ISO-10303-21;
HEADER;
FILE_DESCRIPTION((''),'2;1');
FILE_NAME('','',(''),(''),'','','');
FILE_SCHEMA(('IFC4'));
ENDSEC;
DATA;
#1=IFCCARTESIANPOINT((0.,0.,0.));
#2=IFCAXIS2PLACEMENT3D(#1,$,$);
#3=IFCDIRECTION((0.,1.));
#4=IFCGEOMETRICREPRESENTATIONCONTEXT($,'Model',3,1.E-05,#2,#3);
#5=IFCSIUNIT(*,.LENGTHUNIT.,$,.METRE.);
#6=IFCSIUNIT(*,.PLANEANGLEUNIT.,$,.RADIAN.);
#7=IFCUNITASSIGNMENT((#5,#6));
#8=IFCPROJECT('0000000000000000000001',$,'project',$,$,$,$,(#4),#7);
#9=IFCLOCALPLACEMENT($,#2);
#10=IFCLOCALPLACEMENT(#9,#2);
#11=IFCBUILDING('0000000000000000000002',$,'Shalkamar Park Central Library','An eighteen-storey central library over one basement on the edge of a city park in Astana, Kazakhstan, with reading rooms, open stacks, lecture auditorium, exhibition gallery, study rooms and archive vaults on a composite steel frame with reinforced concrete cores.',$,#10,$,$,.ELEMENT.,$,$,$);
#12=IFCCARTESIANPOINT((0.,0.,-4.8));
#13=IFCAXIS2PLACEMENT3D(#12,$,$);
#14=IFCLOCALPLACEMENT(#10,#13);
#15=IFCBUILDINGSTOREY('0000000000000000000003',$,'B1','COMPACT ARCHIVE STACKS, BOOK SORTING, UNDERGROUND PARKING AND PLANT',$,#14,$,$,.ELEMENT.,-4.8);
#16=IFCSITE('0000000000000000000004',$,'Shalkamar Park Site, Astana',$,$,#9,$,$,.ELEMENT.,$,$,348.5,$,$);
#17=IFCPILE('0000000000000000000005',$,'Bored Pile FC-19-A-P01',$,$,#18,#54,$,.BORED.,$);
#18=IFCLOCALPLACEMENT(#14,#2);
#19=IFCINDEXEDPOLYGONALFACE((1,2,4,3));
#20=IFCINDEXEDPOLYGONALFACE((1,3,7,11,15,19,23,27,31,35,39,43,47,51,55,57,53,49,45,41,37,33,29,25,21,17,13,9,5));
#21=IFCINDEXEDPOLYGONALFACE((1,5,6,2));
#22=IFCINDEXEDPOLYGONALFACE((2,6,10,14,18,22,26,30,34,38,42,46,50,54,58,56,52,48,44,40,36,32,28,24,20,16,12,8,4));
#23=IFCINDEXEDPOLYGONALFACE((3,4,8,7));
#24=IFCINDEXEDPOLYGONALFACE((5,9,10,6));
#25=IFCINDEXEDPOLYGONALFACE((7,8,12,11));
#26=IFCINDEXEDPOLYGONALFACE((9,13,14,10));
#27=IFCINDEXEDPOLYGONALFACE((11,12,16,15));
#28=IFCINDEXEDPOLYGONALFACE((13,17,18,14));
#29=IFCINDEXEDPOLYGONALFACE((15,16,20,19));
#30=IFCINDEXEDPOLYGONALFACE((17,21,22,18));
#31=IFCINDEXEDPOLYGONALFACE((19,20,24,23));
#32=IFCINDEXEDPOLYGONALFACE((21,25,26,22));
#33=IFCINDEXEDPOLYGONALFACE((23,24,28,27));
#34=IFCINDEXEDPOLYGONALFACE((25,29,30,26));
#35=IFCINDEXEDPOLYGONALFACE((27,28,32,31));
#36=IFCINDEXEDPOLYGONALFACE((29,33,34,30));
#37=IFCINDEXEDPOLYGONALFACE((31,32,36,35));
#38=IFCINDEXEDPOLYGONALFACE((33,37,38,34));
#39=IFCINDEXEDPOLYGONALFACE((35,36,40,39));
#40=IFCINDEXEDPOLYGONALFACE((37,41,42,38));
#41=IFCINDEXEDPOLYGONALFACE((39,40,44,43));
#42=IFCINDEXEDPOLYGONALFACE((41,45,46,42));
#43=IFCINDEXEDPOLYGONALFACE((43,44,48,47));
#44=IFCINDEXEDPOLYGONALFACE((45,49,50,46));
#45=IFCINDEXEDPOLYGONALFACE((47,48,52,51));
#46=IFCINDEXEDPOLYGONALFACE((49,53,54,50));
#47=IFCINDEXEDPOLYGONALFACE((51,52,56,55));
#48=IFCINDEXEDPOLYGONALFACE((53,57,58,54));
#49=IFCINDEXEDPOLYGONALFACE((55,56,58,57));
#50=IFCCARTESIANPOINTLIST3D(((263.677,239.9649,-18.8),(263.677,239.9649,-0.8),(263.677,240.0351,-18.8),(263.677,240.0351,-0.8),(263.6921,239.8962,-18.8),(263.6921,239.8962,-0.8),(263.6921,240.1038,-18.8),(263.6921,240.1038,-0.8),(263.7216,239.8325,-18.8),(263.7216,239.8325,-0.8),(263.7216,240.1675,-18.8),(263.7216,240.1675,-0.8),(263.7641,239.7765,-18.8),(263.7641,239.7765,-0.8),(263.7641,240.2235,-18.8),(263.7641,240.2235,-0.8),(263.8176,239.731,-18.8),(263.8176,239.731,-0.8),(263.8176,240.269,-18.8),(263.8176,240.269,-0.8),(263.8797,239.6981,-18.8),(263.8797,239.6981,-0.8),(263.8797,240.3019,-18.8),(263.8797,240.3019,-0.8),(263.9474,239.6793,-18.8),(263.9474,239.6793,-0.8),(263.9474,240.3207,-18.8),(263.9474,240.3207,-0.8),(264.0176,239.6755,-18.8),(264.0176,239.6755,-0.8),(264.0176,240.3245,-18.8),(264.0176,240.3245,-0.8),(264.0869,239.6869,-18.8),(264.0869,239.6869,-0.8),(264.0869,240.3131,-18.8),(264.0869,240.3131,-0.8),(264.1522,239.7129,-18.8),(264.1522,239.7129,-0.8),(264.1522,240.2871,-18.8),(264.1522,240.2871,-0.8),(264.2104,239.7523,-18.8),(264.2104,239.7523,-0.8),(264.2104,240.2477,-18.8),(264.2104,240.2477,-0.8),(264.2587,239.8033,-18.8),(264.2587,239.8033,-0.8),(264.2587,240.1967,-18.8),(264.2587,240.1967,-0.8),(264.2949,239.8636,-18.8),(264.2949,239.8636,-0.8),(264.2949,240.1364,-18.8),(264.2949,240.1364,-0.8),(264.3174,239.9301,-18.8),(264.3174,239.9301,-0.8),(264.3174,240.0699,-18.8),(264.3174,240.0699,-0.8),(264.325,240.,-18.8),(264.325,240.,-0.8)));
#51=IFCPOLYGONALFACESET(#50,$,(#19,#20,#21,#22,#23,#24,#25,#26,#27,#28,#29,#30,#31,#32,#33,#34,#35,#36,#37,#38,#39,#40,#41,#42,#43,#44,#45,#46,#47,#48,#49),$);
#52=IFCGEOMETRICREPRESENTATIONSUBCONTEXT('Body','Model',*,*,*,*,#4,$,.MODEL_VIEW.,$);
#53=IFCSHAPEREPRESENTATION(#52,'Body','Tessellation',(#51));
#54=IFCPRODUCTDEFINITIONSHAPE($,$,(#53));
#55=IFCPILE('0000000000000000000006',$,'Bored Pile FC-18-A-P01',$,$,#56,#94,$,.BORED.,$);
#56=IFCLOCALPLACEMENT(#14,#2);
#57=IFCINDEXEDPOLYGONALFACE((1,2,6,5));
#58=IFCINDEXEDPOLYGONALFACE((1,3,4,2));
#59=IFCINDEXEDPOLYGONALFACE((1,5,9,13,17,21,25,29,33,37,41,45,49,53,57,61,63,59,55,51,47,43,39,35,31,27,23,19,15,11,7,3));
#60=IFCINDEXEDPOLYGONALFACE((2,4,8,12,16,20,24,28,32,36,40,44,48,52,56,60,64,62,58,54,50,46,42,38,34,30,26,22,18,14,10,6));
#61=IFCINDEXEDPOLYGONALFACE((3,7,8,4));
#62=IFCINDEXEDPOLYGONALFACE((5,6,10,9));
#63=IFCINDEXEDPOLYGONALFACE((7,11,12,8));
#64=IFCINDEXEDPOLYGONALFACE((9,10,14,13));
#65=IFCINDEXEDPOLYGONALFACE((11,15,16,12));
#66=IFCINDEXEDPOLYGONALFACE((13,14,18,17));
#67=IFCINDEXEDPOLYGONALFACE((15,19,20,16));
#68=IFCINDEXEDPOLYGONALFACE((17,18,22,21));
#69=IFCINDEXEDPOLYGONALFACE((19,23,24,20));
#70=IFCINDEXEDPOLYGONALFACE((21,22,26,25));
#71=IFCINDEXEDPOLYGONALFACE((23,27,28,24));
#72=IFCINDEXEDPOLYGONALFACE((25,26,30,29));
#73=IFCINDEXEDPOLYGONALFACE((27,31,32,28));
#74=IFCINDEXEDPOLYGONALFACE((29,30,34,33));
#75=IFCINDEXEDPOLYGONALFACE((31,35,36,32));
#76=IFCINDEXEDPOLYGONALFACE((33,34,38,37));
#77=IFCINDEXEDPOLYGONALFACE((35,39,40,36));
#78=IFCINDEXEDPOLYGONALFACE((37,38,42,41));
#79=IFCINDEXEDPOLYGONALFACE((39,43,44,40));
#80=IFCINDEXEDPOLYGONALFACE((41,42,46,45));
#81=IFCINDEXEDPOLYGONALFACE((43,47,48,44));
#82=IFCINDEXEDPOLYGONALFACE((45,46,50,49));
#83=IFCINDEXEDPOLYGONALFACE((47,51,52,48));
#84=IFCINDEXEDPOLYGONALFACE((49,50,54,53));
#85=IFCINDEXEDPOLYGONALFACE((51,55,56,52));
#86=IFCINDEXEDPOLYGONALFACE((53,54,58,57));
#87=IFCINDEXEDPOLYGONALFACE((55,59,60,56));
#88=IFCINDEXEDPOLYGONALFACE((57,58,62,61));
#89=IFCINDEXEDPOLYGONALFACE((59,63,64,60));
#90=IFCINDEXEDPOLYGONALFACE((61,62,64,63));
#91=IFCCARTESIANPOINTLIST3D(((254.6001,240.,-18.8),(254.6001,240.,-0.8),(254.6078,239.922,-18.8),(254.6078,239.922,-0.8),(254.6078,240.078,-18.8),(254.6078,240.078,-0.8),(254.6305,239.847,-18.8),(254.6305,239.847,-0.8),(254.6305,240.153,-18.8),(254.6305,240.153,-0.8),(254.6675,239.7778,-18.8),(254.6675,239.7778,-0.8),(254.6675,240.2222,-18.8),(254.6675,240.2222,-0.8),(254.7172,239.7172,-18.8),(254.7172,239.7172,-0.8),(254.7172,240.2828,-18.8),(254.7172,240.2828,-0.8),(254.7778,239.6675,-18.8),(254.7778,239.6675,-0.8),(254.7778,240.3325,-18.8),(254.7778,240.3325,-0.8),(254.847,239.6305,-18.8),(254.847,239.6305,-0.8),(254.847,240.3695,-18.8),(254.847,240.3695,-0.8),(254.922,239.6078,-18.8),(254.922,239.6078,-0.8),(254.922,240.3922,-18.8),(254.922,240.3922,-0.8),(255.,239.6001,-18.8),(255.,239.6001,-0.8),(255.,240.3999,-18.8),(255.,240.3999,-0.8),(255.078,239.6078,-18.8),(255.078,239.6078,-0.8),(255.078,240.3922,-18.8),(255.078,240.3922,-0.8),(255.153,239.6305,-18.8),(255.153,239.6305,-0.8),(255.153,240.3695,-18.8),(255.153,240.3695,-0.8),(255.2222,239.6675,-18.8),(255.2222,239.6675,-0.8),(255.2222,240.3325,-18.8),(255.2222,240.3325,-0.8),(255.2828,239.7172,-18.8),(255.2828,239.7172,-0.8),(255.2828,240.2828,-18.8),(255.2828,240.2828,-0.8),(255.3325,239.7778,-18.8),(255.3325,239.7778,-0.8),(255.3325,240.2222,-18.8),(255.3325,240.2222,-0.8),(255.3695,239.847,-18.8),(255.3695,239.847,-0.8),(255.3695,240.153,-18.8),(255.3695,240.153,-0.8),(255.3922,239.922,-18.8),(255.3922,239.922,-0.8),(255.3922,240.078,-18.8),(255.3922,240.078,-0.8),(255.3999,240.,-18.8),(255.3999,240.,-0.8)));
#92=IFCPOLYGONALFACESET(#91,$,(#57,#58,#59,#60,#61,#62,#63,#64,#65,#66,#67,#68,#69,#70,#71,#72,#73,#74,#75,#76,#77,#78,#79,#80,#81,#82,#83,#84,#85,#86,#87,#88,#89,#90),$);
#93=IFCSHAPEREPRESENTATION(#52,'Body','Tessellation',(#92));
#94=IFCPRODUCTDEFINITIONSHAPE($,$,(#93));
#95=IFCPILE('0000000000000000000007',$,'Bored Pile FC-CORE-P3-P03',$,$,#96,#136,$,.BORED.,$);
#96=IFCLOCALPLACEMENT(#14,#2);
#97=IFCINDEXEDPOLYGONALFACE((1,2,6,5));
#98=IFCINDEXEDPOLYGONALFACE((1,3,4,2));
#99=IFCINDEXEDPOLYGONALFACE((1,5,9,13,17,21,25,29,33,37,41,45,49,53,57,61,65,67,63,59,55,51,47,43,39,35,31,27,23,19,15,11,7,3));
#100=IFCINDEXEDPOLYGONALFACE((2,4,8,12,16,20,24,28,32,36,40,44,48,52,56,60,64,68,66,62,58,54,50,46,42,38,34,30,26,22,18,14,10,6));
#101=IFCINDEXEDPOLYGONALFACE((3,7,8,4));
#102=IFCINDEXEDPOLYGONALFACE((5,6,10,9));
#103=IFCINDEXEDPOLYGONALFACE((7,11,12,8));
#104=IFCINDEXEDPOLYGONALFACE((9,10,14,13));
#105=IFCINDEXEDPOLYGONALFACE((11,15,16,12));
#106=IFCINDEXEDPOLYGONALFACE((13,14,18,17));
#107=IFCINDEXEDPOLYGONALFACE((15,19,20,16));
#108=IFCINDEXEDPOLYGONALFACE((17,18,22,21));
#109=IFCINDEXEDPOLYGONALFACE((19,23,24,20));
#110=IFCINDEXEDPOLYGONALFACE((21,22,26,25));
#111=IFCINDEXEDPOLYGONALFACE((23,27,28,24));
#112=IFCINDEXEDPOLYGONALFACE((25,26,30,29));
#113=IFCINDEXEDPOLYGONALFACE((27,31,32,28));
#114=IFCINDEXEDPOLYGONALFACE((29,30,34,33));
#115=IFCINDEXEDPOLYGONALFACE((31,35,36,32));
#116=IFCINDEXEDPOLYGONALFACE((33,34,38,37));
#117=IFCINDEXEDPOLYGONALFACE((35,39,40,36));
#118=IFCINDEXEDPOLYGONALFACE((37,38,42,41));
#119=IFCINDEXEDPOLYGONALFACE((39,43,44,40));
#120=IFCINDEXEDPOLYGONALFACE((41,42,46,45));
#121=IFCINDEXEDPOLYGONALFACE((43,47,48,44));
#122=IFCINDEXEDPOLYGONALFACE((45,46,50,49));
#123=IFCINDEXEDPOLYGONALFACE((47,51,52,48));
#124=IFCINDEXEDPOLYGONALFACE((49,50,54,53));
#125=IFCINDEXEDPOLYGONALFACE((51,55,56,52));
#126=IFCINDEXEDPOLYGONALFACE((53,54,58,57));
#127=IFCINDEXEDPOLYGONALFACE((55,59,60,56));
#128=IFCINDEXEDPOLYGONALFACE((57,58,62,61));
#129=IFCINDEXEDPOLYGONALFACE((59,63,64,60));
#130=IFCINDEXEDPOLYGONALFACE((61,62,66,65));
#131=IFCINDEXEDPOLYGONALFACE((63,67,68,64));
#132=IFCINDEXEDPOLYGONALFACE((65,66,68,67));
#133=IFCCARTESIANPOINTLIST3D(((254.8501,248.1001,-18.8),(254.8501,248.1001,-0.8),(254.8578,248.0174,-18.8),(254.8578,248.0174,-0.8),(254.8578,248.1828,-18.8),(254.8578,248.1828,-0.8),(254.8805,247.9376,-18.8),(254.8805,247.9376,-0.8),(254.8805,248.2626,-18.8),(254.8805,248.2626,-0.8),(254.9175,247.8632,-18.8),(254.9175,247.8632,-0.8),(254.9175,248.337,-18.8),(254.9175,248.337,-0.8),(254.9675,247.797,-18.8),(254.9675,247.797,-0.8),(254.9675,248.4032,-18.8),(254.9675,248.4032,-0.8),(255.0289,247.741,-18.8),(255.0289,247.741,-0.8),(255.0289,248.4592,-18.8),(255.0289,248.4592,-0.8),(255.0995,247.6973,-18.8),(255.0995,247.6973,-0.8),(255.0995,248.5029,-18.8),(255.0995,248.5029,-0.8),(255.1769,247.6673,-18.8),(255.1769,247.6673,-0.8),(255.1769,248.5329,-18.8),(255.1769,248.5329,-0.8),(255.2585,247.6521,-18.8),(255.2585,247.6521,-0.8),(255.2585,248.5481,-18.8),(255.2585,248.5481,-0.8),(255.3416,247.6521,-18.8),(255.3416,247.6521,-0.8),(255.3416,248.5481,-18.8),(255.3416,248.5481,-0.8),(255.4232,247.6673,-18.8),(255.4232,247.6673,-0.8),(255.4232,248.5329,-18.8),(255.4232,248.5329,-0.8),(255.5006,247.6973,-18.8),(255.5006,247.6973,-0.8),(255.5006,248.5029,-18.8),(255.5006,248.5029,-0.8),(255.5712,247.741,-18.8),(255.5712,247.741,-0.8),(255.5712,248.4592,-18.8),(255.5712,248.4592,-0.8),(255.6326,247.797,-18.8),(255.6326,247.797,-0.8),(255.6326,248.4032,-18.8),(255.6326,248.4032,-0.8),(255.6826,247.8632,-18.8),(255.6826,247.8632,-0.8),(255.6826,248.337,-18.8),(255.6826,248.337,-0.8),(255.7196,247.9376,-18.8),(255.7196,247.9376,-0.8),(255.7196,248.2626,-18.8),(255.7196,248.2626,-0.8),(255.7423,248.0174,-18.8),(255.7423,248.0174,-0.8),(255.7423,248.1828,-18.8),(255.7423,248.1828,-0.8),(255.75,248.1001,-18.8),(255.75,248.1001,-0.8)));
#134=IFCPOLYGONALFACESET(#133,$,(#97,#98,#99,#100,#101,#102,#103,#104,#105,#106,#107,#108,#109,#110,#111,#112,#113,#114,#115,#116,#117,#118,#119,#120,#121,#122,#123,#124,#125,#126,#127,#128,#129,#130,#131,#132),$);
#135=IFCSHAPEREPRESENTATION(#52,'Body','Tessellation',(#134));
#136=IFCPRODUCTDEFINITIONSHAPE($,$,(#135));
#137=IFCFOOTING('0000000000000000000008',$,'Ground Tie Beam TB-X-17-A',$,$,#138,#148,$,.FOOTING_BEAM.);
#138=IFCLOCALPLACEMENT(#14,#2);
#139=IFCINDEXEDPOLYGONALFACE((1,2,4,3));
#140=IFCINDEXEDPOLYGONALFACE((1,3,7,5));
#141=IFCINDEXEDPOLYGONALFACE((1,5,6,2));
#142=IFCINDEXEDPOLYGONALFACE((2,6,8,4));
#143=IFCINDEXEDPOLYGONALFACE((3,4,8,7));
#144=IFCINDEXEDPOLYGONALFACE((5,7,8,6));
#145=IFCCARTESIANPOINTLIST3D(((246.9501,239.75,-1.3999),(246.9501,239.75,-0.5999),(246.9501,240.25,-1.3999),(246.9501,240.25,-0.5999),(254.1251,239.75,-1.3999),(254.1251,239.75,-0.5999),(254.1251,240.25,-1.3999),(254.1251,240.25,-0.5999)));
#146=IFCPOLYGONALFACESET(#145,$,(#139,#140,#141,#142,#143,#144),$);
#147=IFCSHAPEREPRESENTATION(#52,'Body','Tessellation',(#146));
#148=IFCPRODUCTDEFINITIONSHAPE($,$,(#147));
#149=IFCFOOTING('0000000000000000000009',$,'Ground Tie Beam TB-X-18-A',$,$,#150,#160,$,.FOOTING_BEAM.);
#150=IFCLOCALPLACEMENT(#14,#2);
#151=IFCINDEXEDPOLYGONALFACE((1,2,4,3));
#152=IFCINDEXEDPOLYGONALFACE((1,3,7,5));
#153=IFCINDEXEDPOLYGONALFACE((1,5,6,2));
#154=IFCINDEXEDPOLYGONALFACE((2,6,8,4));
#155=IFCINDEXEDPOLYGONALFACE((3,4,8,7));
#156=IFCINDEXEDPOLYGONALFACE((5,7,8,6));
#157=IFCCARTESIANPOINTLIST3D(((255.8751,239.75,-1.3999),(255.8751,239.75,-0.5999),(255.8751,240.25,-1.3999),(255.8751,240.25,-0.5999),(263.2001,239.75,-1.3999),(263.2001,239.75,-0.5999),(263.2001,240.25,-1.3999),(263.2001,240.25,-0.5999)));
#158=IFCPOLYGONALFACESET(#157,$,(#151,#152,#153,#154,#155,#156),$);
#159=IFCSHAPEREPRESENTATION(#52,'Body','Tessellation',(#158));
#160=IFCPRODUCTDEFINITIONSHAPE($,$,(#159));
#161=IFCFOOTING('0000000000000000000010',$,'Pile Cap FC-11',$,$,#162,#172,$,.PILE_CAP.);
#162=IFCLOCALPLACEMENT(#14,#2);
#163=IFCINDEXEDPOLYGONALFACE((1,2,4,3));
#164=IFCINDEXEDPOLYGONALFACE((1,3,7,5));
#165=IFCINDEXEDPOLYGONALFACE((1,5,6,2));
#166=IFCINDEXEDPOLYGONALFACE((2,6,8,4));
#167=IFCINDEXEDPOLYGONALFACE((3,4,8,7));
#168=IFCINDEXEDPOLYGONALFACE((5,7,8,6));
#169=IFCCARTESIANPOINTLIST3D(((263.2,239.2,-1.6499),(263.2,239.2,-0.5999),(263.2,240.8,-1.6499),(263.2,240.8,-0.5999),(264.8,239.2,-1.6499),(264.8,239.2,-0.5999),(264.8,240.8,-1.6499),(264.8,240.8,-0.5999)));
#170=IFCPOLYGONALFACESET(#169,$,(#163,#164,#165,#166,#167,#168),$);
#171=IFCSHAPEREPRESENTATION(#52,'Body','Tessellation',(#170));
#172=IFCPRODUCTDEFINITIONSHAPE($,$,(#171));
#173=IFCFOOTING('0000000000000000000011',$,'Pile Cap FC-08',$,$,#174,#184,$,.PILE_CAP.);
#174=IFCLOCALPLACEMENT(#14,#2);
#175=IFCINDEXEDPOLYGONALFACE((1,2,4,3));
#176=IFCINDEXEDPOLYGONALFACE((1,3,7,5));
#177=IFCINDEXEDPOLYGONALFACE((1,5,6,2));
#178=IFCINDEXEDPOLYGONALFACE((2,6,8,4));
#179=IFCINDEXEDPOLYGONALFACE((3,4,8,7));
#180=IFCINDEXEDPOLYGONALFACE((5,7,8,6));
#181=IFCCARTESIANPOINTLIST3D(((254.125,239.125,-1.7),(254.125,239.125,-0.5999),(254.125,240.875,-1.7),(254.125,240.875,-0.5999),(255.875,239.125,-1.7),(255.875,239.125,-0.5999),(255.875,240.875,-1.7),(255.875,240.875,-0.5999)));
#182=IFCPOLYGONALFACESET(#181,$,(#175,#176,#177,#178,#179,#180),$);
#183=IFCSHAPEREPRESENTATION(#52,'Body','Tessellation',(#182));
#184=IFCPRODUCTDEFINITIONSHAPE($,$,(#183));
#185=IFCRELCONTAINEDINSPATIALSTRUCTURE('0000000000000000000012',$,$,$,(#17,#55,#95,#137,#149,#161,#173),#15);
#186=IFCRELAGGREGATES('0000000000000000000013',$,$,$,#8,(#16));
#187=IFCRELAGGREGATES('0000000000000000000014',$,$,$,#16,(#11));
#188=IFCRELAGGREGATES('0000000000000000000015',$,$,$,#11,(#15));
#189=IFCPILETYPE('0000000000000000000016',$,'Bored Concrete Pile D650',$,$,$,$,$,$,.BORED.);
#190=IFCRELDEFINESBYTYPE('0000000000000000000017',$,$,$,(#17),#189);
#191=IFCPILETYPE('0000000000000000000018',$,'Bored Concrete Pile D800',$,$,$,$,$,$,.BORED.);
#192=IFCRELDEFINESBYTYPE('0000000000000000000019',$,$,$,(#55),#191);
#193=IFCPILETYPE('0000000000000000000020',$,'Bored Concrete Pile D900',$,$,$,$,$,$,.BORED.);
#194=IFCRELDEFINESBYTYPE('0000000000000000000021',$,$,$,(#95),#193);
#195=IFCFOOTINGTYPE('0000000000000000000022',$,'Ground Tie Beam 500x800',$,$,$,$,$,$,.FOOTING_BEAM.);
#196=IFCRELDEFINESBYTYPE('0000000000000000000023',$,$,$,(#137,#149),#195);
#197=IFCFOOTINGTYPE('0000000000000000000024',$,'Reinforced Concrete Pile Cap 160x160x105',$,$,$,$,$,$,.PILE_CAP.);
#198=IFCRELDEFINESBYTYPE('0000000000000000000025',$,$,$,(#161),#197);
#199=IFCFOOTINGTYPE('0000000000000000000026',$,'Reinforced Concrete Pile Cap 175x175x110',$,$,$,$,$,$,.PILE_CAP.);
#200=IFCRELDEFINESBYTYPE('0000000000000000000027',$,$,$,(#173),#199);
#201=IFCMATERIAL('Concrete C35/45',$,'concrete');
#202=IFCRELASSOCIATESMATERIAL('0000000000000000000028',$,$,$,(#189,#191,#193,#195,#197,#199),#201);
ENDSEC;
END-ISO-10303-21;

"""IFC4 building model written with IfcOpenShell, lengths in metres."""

from ifc_helpers import new_model, si_unit, direction, frame, origin, origin_2d, place, context, subcontext, project, spatial, rectangle, circle, extrude, material, material_profile, profile_set, type_object, element, save


model = new_model("IFC4")

# Units and contexts
model_context = context("Model", 3, precision=1e-05, world=origin(), true_north=direction((0.0, 1.0)))
body_context = subcontext(model_context, "Body", "Model", "MODEL_VIEW")
ifc_project = project(units=[si_unit("LENGTHUNIT", "METRE"), si_unit("PLANEANGLEUNIT", "RADIAN")], contexts=[model_context])

# Site, building, storey
site_placement = place(None, origin())
site = spatial("IfcSite", under=ifc_project, at=site_placement, Name="Shalkamar Park Site, Astana", CompositionType="ELEMENT", RefElevation=348.5)
building_placement = place(site_placement, origin())
building = spatial("IfcBuilding", under=site, at=building_placement, Name="Shalkamar Park Central Library", Description="An eighteen-storey central library over one basement on the edge of a city park in Astana, Kazakhstan, with reading rooms, open stacks, lecture auditorium, exhibition gallery, study rooms and archive vaults on a composite steel frame with reinforced concrete cores.", CompositionType="ELEMENT")
storey_placement = place(building_placement, frame((0.0, 0.0, -4.8)))
storey = spatial("IfcBuildingStorey", under=building, at=storey_placement, Name="B1", Description="COMPACT ARCHIVE STACKS, BOOK SORTING, UNDERGROUND PARKING AND PLANT", CompositionType="ELEMENT", Elevation=-4.8)

# Piles
ifc_material_1 = material(Name="Concrete C35/45", Category="concrete")
ifc_material_profile_1 = material_profile(ifc_material_1, circle(Radius=0.325, at=origin_2d()), Name="PILE D650")
ifc_profile_set_1 = profile_set([ifc_material_profile_1], Name="Concrete C35/45")
pile_type_1 = type_object("IfcPileType", Name="Bored Concrete Pile D650", PredefinedType="BORED", material=ifc_profile_set_1)
pile_1_placement = place(storey_placement, frame((264.0, 240.0, -0.8), z_axis=(0.0, 0.0, -1.0), x_axis=(1.0, 0.0, 0.0)))
element("IfcPile", 1, at=pile_1_placement, inside=storey, type_object=pile_type_1, Name="Bored Pile FC-19-A-P01", PredefinedType="BORED", context=body_context, shape_type="SweptSolid", body=[
    extrude(circle(Radius=0.325, at=origin_2d()), origin(), (0.0, 0.0, 1.0), 18.0),
])
ifc_material_profile_2 = material_profile(ifc_material_1, circle(Radius=0.3999, at=origin_2d()), Name="PILE D800")
ifc_profile_set_2 = profile_set([ifc_material_profile_2], Name="Concrete C35/45")
pile_type_2 = type_object("IfcPileType", Name="Bored Concrete Pile D800", PredefinedType="BORED", material=ifc_profile_set_2)
pile_2_placement = place(storey_placement, frame((255.0, 240.0, -0.8), z_axis=(0.0, 0.0, -1.0), x_axis=(1.0, 0.0, 0.0)))
element("IfcPile", 2, at=pile_2_placement, inside=storey, type_object=pile_type_2, Name="Bored Pile FC-18-A-P01", PredefinedType="BORED", context=body_context, shape_type="SweptSolid", body=[
    extrude(circle(Radius=0.3999, at=origin_2d()), origin(), (0.0, 0.0, 1.0), 18.0),
])
ifc_material_profile_3 = material_profile(ifc_material_1, circle(Radius=0.45, at=origin_2d()), Name="PILE D900")
ifc_profile_set_3 = profile_set([ifc_material_profile_3], Name="Concrete C35/45")
pile_type_3 = type_object("IfcPileType", Name="Bored Concrete Pile D900", PredefinedType="BORED", material=ifc_profile_set_3)
pile_3_placement = place(storey_placement, frame((255.3, 248.1001, -0.8), z_axis=(0.0, 0.0, -1.0), x_axis=(1.0, 0.0, 0.0)))
element("IfcPile", 3, at=pile_3_placement, inside=storey, type_object=pile_type_3, Name="Bored Pile FC-CORE-P3-P03", PredefinedType="BORED", context=body_context, shape_type="SweptSolid", body=[
    extrude(circle(Radius=0.45, at=origin_2d()), origin(), (0.0, 0.0, 1.0), 18.0),
])

# Footings
footing_type_1 = type_object("IfcFootingType", Name="Ground Tie Beam 500x800", PredefinedType="FOOTING_BEAM", material=ifc_material_1)
footing_1_placement = place(storey_placement, frame((250.5376, 240.0, -1.3999), z_axis=(0.0, 0.0, 1.0), x_axis=(1.0, 0.0, 0.0)))
element("IfcFooting", 4, at=footing_1_placement, inside=storey, type_object=footing_type_1, Name="Ground Tie Beam TB-X-17-A", PredefinedType="FOOTING_BEAM", context=body_context, shape_type="SweptSolid", body=[
    extrude(rectangle(XDim=7.175, YDim=0.5, at=origin_2d()), origin(), (0.0, 0.0, 1.0), 0.8),
])
footing_2_placement = place(storey_placement, frame((259.5376, 240.0, -1.3999), z_axis=(0.0, 0.0, 1.0), x_axis=(1.0, 0.0, 0.0)))
element("IfcFooting", 5, at=footing_2_placement, inside=storey, type_object=footing_type_1, Name="Ground Tie Beam TB-X-18-A", PredefinedType="FOOTING_BEAM", context=body_context, shape_type="SweptSolid", body=[
    extrude(rectangle(XDim=7.325, YDim=0.5, at=origin_2d()), origin(), (0.0, 0.0, 1.0), 0.8),
])
footing_type_2 = type_object("IfcFootingType", Name="Reinforced Concrete Pile Cap 160x160x105", PredefinedType="PILE_CAP", material=ifc_material_1)
footing_3_placement = place(storey_placement, frame((264.0, 240.0, -1.6499), z_axis=(0.0, 0.0, 1.0), x_axis=(1.0, 0.0, 0.0)))
element("IfcFooting", 6, at=footing_3_placement, inside=storey, type_object=footing_type_2, Name="Pile Cap FC-11", PredefinedType="PILE_CAP", context=body_context, shape_type="SweptSolid", body=[
    extrude(rectangle(XDim=1.6001, YDim=1.6001, at=origin_2d()), origin(), (0.0, 0.0, 1.0), 1.05),
])
footing_type_3 = type_object("IfcFootingType", Name="Reinforced Concrete Pile Cap 175x175x110", PredefinedType="PILE_CAP", material=ifc_material_1)
footing_4_placement = place(storey_placement, frame((255.0, 240.0, -1.7), z_axis=(0.0, 0.0, 1.0), x_axis=(1.0, 0.0, 0.0)))
element("IfcFooting", 7, at=footing_4_placement, inside=storey, type_object=footing_type_3, Name="Pile Cap FC-08", PredefinedType="PILE_CAP", context=body_context, shape_type="SweptSolid", body=[
    extrude(rectangle(XDim=1.75, YDim=1.75, at=origin_2d()), origin(), (0.0, 0.0, 1.0), 1.1001),
])

save(model, "model.ifc")
